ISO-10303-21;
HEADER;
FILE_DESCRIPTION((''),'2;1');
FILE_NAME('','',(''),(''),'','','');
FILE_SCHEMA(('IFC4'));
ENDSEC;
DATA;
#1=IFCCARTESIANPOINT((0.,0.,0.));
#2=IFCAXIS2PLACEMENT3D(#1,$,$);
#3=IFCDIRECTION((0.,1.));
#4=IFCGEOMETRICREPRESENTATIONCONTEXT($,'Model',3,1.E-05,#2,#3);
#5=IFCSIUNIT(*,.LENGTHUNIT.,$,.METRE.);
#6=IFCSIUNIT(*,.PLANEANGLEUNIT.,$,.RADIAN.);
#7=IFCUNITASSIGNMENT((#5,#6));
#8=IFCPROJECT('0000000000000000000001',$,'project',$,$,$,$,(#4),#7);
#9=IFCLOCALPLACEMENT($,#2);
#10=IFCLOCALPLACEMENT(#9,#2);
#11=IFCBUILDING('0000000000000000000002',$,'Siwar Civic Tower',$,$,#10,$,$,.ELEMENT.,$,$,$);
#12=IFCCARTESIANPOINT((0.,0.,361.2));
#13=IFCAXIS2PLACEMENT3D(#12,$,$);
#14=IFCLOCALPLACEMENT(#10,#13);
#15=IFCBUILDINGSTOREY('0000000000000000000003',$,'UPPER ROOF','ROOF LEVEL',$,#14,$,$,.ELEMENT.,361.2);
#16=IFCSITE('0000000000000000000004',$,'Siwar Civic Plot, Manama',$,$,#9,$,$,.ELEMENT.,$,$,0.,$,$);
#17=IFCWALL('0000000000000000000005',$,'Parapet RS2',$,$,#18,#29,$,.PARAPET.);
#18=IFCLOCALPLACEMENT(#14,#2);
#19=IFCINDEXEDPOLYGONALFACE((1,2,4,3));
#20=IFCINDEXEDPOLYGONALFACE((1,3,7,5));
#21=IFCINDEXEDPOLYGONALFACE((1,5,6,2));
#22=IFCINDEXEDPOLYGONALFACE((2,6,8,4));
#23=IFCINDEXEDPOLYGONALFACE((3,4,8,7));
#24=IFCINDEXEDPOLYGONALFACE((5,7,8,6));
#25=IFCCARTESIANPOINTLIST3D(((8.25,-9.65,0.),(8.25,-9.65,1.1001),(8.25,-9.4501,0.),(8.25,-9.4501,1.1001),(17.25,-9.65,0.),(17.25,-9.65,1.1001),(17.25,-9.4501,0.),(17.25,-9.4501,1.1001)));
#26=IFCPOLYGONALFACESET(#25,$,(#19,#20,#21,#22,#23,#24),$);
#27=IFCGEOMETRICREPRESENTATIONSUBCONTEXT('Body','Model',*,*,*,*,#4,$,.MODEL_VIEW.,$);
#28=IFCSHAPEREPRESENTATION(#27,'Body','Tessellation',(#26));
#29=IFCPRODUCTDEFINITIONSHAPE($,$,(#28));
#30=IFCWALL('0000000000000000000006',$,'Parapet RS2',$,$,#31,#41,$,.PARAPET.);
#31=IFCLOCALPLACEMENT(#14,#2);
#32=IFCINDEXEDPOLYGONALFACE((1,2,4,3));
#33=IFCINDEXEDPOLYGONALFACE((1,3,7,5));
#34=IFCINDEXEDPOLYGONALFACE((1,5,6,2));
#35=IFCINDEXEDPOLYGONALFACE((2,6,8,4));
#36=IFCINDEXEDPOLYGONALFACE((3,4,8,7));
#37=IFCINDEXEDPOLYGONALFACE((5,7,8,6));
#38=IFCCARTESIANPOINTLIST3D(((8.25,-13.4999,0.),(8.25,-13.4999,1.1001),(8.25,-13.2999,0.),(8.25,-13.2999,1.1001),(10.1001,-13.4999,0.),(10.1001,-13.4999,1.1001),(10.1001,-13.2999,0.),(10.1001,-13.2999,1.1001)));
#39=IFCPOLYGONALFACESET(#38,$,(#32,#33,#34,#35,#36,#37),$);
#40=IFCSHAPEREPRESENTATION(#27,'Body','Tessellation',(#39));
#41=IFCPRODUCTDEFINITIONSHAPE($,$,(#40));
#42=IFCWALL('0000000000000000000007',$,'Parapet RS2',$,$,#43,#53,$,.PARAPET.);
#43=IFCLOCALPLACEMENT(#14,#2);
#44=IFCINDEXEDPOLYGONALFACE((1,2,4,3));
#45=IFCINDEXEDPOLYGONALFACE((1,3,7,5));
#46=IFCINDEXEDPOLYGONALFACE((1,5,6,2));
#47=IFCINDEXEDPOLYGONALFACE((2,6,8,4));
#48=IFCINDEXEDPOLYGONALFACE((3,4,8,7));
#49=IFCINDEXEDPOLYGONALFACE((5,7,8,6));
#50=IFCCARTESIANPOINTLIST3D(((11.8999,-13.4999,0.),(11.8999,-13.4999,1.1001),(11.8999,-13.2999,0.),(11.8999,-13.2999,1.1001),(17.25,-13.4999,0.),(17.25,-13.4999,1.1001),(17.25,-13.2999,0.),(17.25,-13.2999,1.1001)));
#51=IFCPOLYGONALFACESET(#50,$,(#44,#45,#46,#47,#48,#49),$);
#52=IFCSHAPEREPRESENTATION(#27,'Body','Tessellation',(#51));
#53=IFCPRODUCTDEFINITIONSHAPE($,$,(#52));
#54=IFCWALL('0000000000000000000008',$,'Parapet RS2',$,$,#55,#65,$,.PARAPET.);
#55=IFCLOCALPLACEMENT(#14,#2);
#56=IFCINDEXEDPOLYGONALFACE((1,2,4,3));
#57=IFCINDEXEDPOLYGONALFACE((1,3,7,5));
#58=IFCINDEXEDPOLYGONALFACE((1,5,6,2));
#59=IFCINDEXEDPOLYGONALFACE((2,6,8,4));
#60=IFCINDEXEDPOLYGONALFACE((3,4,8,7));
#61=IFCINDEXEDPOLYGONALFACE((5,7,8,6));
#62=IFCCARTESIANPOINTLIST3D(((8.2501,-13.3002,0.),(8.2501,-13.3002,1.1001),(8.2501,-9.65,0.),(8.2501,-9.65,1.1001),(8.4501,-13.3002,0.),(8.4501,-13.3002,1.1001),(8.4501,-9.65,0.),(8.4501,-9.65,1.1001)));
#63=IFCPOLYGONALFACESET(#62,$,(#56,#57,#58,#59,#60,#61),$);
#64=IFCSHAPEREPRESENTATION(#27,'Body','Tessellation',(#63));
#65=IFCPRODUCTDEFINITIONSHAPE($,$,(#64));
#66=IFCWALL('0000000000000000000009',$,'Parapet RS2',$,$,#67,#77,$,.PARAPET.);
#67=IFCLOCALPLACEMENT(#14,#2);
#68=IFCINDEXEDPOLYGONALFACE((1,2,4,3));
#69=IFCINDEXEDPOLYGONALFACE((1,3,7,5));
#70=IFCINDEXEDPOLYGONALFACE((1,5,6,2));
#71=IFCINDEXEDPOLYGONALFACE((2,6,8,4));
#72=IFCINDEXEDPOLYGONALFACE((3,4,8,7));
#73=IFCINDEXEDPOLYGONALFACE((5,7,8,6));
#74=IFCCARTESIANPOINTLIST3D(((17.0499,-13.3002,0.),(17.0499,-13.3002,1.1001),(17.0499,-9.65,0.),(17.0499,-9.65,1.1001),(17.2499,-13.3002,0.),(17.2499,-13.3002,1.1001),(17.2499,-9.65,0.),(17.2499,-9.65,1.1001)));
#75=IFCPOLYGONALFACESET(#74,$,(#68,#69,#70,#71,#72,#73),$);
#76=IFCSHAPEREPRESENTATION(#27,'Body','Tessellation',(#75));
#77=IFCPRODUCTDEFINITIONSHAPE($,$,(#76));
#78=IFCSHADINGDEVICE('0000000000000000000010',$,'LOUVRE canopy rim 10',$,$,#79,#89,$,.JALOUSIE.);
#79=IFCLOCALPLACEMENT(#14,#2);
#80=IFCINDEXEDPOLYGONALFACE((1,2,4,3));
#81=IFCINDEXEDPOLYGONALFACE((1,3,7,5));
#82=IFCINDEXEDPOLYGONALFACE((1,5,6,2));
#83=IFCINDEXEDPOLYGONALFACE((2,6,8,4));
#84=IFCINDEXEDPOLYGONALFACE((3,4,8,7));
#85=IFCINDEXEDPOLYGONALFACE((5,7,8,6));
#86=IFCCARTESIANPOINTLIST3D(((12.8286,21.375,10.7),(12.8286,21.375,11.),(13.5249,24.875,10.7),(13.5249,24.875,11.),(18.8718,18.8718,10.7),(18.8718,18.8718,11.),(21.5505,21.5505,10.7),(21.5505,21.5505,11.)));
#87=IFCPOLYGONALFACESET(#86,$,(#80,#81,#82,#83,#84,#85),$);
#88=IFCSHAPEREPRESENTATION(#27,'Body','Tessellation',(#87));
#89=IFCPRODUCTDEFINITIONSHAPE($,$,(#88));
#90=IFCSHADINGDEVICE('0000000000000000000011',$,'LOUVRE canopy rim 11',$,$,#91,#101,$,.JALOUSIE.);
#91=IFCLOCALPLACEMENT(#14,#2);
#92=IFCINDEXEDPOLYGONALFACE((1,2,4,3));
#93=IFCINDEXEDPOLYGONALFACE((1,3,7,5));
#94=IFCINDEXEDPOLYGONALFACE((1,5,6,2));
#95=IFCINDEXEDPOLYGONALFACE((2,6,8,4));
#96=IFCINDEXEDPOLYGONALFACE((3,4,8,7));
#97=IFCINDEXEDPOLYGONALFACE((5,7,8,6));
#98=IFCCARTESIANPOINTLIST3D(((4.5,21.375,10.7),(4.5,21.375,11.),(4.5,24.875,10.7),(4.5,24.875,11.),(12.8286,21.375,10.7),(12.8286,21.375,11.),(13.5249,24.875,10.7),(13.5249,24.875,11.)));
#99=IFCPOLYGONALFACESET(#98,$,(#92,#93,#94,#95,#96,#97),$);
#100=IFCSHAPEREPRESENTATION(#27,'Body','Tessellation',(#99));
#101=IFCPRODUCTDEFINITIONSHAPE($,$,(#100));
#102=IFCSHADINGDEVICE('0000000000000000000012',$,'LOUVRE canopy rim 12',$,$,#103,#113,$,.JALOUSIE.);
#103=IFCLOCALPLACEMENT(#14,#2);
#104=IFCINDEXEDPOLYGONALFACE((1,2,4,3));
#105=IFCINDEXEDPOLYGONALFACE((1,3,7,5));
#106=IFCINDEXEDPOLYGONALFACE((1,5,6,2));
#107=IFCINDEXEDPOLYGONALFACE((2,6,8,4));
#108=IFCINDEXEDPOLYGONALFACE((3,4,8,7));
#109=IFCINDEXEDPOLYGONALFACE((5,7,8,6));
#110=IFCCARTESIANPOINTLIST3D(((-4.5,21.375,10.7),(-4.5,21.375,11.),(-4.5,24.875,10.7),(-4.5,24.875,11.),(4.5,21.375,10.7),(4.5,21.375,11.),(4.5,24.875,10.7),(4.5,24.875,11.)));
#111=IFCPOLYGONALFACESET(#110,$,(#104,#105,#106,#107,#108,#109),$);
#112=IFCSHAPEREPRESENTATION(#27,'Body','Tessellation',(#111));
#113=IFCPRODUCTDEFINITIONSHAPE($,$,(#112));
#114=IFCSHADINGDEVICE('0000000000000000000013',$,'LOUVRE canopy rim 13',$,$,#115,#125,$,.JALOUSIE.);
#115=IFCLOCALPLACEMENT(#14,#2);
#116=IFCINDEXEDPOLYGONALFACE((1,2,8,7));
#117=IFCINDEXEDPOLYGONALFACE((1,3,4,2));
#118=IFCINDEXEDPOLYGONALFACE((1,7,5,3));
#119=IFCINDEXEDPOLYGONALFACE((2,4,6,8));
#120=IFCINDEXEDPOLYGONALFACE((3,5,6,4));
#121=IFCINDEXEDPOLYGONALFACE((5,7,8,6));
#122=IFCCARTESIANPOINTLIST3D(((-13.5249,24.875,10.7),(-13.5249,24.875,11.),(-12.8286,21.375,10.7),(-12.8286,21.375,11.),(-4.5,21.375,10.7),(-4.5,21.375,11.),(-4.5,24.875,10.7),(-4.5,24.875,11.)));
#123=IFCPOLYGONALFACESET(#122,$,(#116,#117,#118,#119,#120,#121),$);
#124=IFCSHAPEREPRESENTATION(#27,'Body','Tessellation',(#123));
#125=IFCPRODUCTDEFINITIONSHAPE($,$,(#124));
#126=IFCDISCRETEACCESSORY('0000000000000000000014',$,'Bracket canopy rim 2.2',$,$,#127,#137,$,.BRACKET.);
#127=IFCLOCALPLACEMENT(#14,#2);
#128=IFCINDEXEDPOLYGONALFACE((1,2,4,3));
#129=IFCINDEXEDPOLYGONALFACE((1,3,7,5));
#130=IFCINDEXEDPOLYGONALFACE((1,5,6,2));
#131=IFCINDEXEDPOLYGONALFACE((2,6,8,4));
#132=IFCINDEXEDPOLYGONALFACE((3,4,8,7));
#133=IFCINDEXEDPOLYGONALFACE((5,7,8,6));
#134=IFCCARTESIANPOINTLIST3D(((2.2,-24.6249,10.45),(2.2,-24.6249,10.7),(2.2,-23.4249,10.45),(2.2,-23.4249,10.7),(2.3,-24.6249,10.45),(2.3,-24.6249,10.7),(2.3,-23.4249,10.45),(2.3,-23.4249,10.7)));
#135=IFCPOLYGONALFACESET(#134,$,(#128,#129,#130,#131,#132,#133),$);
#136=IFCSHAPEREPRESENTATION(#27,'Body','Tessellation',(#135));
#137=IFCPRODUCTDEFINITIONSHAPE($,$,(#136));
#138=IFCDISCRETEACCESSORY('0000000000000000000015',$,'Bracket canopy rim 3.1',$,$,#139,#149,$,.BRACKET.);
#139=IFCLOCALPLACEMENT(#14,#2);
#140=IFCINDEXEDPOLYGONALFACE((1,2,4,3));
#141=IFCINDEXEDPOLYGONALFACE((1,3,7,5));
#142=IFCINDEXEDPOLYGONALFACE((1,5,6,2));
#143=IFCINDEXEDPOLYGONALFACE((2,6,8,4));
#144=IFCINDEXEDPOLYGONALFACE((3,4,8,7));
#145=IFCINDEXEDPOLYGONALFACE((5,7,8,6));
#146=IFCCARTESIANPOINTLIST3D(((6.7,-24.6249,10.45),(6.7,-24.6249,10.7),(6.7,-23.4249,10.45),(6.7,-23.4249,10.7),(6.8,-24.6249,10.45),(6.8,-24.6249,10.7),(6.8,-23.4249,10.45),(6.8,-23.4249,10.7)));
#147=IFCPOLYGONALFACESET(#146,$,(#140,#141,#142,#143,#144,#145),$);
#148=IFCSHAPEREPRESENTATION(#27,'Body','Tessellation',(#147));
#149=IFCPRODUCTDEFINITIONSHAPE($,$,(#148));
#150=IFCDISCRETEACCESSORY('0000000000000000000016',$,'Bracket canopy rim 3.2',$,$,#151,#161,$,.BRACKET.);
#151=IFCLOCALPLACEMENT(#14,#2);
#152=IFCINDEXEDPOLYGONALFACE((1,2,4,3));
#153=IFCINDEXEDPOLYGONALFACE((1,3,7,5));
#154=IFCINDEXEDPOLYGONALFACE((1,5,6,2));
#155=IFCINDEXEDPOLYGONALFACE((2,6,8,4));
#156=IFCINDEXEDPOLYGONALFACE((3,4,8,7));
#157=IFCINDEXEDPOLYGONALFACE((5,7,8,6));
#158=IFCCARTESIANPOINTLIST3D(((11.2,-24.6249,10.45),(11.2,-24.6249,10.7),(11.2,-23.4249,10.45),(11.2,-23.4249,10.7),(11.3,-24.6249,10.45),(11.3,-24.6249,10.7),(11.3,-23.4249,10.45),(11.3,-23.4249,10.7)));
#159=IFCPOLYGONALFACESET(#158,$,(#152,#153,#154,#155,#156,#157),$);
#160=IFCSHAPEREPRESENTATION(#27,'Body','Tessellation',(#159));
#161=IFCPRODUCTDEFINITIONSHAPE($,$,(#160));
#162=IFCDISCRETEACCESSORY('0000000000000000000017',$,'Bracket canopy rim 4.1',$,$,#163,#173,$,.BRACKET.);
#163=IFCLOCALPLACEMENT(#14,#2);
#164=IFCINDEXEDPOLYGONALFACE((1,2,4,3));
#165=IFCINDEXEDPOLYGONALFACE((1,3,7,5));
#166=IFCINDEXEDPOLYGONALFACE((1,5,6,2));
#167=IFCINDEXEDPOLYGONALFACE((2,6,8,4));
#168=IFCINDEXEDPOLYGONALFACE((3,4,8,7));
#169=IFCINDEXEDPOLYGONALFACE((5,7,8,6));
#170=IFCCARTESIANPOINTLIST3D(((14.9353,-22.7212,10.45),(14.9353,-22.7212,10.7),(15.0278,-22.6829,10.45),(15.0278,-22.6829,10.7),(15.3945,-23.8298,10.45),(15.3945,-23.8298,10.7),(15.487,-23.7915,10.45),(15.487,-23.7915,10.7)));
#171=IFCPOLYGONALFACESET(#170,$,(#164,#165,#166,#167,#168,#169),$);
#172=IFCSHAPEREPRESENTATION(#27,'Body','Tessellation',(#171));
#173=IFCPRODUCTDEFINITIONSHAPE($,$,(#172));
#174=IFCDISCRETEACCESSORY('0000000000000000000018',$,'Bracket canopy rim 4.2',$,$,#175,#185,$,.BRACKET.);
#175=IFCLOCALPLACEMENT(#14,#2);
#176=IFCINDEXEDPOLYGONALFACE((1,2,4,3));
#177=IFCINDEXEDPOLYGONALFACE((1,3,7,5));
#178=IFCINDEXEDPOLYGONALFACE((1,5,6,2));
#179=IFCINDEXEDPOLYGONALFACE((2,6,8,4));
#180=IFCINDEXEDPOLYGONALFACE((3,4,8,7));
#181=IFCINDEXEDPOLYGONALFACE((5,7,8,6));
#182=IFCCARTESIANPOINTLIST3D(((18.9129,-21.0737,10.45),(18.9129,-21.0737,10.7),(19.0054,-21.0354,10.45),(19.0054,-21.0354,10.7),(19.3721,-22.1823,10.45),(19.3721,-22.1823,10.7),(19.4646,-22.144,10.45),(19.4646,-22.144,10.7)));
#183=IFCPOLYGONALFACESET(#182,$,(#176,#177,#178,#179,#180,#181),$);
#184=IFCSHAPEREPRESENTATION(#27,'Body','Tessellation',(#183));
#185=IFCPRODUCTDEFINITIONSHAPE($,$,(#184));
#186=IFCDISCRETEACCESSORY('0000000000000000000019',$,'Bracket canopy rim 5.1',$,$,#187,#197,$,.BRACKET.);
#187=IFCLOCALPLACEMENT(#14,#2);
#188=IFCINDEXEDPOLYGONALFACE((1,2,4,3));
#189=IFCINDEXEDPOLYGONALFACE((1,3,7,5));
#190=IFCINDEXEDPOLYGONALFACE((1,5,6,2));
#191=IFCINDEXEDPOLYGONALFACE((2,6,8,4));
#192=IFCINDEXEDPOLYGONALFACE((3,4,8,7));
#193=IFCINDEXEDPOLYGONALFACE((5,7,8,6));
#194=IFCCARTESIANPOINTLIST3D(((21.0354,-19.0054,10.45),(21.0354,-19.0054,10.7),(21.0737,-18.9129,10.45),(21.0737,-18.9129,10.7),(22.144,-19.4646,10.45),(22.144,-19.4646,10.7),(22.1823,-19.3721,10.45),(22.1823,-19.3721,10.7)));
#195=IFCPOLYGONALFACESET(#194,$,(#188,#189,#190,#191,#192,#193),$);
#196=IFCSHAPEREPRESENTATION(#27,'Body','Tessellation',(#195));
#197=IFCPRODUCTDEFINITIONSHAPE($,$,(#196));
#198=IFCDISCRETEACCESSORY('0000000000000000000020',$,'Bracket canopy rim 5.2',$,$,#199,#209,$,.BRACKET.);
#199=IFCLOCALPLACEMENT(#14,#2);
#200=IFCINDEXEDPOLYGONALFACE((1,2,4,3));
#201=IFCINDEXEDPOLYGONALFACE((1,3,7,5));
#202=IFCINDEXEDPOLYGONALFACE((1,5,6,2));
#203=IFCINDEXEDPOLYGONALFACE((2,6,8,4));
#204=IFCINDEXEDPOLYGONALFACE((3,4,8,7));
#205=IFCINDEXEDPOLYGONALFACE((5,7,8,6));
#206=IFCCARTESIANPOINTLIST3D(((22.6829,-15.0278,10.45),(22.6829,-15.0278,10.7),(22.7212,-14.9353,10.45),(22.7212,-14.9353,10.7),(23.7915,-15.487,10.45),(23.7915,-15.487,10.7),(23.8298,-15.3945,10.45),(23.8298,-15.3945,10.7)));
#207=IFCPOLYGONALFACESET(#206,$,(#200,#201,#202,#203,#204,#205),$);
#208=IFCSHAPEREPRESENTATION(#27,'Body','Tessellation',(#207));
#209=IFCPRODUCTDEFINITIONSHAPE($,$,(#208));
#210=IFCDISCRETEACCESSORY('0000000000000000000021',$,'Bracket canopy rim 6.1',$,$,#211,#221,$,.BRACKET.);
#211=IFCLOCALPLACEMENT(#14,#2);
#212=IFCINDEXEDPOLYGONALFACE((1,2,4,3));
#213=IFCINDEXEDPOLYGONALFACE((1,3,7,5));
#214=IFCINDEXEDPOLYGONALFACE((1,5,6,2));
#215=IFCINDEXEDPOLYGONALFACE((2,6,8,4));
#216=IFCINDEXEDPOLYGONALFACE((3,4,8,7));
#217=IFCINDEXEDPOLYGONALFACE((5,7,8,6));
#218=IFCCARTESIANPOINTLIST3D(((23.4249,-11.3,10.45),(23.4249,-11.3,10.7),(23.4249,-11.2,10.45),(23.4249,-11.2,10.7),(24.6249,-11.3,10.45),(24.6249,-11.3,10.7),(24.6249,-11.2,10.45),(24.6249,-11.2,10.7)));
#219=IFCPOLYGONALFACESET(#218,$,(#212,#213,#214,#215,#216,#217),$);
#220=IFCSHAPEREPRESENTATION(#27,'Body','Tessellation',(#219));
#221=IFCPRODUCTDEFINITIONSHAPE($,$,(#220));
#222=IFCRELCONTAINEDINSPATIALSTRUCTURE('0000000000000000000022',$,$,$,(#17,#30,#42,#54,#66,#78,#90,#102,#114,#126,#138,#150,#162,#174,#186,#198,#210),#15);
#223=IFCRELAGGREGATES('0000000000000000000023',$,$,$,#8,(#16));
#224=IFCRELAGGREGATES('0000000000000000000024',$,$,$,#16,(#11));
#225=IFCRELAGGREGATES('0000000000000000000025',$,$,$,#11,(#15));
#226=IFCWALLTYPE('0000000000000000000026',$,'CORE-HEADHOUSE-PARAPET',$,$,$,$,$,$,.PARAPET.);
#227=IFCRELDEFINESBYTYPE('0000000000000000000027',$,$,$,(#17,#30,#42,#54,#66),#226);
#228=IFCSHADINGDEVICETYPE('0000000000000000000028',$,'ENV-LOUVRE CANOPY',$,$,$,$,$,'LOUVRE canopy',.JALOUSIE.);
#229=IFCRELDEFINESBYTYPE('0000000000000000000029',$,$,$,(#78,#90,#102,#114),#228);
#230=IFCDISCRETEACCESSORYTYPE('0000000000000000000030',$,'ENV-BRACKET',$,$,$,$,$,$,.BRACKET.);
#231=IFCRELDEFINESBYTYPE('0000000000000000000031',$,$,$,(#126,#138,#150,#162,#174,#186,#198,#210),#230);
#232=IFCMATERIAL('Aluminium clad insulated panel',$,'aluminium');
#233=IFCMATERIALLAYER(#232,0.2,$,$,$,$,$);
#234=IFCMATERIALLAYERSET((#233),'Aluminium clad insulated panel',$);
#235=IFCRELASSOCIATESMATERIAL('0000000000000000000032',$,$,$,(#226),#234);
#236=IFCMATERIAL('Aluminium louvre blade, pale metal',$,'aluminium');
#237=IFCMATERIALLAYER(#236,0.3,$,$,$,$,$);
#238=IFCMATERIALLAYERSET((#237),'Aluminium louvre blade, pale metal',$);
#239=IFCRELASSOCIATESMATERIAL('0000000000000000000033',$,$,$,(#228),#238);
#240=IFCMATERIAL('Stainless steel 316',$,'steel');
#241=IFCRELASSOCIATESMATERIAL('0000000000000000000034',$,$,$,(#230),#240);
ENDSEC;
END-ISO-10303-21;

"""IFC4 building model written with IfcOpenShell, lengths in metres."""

from ifc_helpers import new_model, si_unit, direction, frame, frame_2d, origin, origin_2d, place, context, subcontext, project, spatial, polyline, rectangle, outline, extrude, material, layer, layer_set, type_object, element, save


model = new_model("IFC4")

# Units and contexts
model_context = context("Model", 3, precision=1e-05, world=origin(), true_north=direction((0.0, 1.0)))
body_context = subcontext(model_context, "Body", "Model", "MODEL_VIEW")
ifc_project = project(units=[si_unit("LENGTHUNIT", "METRE"), si_unit("PLANEANGLEUNIT", "RADIAN")], contexts=[model_context])

# Site, building, storey
site_placement = place(None, origin())
site = spatial("IfcSite", under=ifc_project, at=site_placement, Name="Siwar Civic Plot, Manama", CompositionType="ELEMENT", RefElevation=0.0)
building_placement = place(site_placement, origin())
building = spatial("IfcBuilding", under=site, at=building_placement, Name="Siwar Civic Tower", CompositionType="ELEMENT")
storey_placement = place(building_placement, frame((0.0, 0.0, 361.2)))
storey = spatial("IfcBuildingStorey", under=building, at=storey_placement, Name="UPPER ROOF", Description="ROOF LEVEL", CompositionType="ELEMENT", Elevation=361.2)

# Walls
ifc_material_1 = material(Name="Aluminium clad insulated panel", Category="aluminium")
ifc_layer_1 = layer(ifc_material_1, 0.2)
ifc_layer_set_1 = layer_set([ifc_layer_1], Name="Aluminium clad insulated panel")
wall_type = type_object("IfcWallType", Name="CORE-HEADHOUSE-PARAPET", PredefinedType="PARAPET", material=ifc_layer_set_1)
wall_1_placement = place(storey_placement, frame((8.25, -9.55, 0.0), z_axis=(0.0, 0.0, 1.0), x_axis=(1.0, 0.0, 0.0)))
element("IfcWall", 1, at=wall_1_placement, inside=storey, type_object=wall_type, Name="Parapet RS2", PredefinedType="PARAPET", context=body_context, shape_type="SweptSolid", body=[
    extrude(rectangle(XDim=9.0, YDim=0.2, at=frame_2d((4.5, 0.0))), origin(), (0.0, 0.0, 1.0), 1.1001),
])
wall_2_placement = place(storey_placement, frame((8.25, -13.3999, 0.0), z_axis=(0.0, 0.0, 1.0), x_axis=(1.0, 0.0, 0.0)))
element("IfcWall", 2, at=wall_2_placement, inside=storey, type_object=wall_type, Name="Parapet RS2", PredefinedType="PARAPET", context=body_context, shape_type="SweptSolid", body=[
    extrude(rectangle(XDim=1.8501, YDim=0.2, at=frame_2d((0.925, 0.0))), origin(), (0.0, 0.0, 1.0), 1.1001),
])
wall_3_placement = place(storey_placement, frame((11.8999, -13.3999, 0.0), z_axis=(0.0, 0.0, 1.0), x_axis=(1.0, 0.0, 0.0)))
element("IfcWall", 3, at=wall_3_placement, inside=storey, type_object=wall_type, Name="Parapet RS2", PredefinedType="PARAPET", context=body_context, shape_type="SweptSolid", body=[
    extrude(rectangle(XDim=5.3501, YDim=0.2, at=frame_2d((2.675, 0.0))), origin(), (0.0, 0.0, 1.0), 1.1001),
])
for number, where, z_axis, x_axis, name in (
    (4, (8.3501, -9.6499, 0.0), (0.0, 0.0, 1.0), (0.0, -1.0, 0.0), "Parapet RS2"),
    (5, (17.1499, -9.6499, 0.0), (0.0, 0.0, 1.0), (0.0, -1.0, 0.0), "Parapet RS2"),
):
    element("IfcWall", number, at=place(storey_placement, frame(where, z_axis=z_axis, x_axis=x_axis)), inside=storey, type_object=wall_type, Name=name, PredefinedType="PARAPET", context=body_context, shape_type="SweptSolid", body=[
        extrude(rectangle(XDim=3.6501, YDim=0.2, at=frame_2d((1.8252, 0.0))), origin(), (0.0, 0.0, 1.0), 1.1001),
    ])

# Shading devices
ifc_material_2 = material(Name="Aluminium louvre blade, pale metal", Category="aluminium")
ifc_layer_2 = layer(ifc_material_2, 0.3)
ifc_layer_set_2 = layer_set([ifc_layer_2], Name="Aluminium louvre blade, pale metal")
shading_device_type = type_object("IfcShadingDeviceType", Name="ENV-LOUVRE CANOPY", ElementType="LOUVRE canopy", PredefinedType="JALOUSIE", material=ifc_layer_set_2)
shading_device_1_placement = place(storey_placement, frame((0.0, 0.0, 10.7)))
element("IfcShadingDevice", 6, at=shading_device_1_placement, inside=storey, type_object=shading_device_type, Name="LOUVRE canopy rim 10", PredefinedType="JALOUSIE", context=body_context, shape_type="SweptSolid", body=[
    extrude(outline(polyline([(21.5505, 21.5505), (13.5249, 24.875), (12.8286, 21.375), (18.8718, 18.8718), (21.5505, 21.5505)])), origin(), (0.0, 0.0, 1.0), 0.3),
])
shading_device_2_placement = place(storey_placement, frame((0.0, 0.0, 10.7)))
element("IfcShadingDevice", 7, at=shading_device_2_placement, inside=storey, type_object=shading_device_type, Name="LOUVRE canopy rim 11", PredefinedType="JALOUSIE", context=body_context, shape_type="SweptSolid", body=[
    extrude(outline(polyline([(13.5249, 24.875), (4.5, 24.875), (4.5, 21.375), (12.8286, 21.375), (13.5249, 24.875)])), origin(), (0.0, 0.0, 1.0), 0.3),
])
shading_device_3_placement = place(storey_placement, frame((0.0, 0.0, 10.7)))
element("IfcShadingDevice", 8, at=shading_device_3_placement, inside=storey, type_object=shading_device_type, Name="LOUVRE canopy rim 12", PredefinedType="JALOUSIE", context=body_context, shape_type="SweptSolid", body=[
    extrude(outline(polyline([(4.5, 24.875), (-4.5, 24.875), (-4.5, 21.375), (4.5, 21.375), (4.5, 24.875)])), origin(), (0.0, 0.0, 1.0), 0.3),
])
shading_device_4_placement = place(storey_placement, frame((0.0, 0.0, 10.7)))
element("IfcShadingDevice", 9, at=shading_device_4_placement, inside=storey, type_object=shading_device_type, Name="LOUVRE canopy rim 13", PredefinedType="JALOUSIE", context=body_context, shape_type="SweptSolid", body=[
    extrude(outline(polyline([(-4.5, 24.875), (-13.5249, 24.875), (-12.8286, 21.375), (-4.5, 21.375), (-4.5, 24.875)])), origin(), (0.0, 0.0, 1.0), 0.3),
])

# Discrete accessories
ifc_material_3 = material(Name="Stainless steel 316", Category="steel")
discrete_accessory_type = type_object("IfcDiscreteAccessoryType", Name="ENV-BRACKET", PredefinedType="BRACKET", material=ifc_material_3)
for number, where, z_axis, x_axis, name in (
    (10, (2.25, -24.0249, 10.45), (0.0, 0.0, 1.0), (1.0, 0.0, 0.0), "Bracket canopy rim 2.2"),
    (11, (6.75, -24.0249, 10.45), (0.0, 0.0, 1.0), (1.0, 0.0, 0.0), "Bracket canopy rim 3.1"),
    (12, (11.25, -24.0249, 10.45), (0.0, 0.0, 1.0), (1.0, 0.0, 0.0), "Bracket canopy rim 3.2"),
    (13, (15.2112, -23.2563, 10.45), (0.0, 0.0, 1.0), (0.92388, 0.382683, 0.0), "Bracket canopy rim 4.1"),
    (14, (19.1887, -21.6089, 10.45), (0.0, 0.0, 1.0), (0.92388, 0.382683, 0.0), "Bracket canopy rim 4.2"),
    (15, (21.6089, -19.1887, 10.45), (0.0, 0.0, 1.0), (0.382683, 0.92388, 0.0), "Bracket canopy rim 5.1"),
    (16, (23.2563, -15.2112, 10.45), (0.0, 0.0, 1.0), (0.382683, 0.92388, 0.0), "Bracket canopy rim 5.2"),
    (17, (24.0249, -11.25, 10.45), (0.0, 0.0, 1.0), (0.0, 1.0, 0.0), "Bracket canopy rim 6.1"),
):
    element("IfcDiscreteAccessory", number, at=place(storey_placement, frame(where, z_axis=z_axis, x_axis=x_axis)), inside=storey, type_object=discrete_accessory_type, Name=name, PredefinedType="BRACKET", context=body_context, shape_type="SweptSolid", body=[
        extrude(rectangle(XDim=0.1001, YDim=1.2, at=origin_2d()), origin(), (0.0, 0.0, 1.0), 0.25),
    ])

save(model, "model.ifc")
